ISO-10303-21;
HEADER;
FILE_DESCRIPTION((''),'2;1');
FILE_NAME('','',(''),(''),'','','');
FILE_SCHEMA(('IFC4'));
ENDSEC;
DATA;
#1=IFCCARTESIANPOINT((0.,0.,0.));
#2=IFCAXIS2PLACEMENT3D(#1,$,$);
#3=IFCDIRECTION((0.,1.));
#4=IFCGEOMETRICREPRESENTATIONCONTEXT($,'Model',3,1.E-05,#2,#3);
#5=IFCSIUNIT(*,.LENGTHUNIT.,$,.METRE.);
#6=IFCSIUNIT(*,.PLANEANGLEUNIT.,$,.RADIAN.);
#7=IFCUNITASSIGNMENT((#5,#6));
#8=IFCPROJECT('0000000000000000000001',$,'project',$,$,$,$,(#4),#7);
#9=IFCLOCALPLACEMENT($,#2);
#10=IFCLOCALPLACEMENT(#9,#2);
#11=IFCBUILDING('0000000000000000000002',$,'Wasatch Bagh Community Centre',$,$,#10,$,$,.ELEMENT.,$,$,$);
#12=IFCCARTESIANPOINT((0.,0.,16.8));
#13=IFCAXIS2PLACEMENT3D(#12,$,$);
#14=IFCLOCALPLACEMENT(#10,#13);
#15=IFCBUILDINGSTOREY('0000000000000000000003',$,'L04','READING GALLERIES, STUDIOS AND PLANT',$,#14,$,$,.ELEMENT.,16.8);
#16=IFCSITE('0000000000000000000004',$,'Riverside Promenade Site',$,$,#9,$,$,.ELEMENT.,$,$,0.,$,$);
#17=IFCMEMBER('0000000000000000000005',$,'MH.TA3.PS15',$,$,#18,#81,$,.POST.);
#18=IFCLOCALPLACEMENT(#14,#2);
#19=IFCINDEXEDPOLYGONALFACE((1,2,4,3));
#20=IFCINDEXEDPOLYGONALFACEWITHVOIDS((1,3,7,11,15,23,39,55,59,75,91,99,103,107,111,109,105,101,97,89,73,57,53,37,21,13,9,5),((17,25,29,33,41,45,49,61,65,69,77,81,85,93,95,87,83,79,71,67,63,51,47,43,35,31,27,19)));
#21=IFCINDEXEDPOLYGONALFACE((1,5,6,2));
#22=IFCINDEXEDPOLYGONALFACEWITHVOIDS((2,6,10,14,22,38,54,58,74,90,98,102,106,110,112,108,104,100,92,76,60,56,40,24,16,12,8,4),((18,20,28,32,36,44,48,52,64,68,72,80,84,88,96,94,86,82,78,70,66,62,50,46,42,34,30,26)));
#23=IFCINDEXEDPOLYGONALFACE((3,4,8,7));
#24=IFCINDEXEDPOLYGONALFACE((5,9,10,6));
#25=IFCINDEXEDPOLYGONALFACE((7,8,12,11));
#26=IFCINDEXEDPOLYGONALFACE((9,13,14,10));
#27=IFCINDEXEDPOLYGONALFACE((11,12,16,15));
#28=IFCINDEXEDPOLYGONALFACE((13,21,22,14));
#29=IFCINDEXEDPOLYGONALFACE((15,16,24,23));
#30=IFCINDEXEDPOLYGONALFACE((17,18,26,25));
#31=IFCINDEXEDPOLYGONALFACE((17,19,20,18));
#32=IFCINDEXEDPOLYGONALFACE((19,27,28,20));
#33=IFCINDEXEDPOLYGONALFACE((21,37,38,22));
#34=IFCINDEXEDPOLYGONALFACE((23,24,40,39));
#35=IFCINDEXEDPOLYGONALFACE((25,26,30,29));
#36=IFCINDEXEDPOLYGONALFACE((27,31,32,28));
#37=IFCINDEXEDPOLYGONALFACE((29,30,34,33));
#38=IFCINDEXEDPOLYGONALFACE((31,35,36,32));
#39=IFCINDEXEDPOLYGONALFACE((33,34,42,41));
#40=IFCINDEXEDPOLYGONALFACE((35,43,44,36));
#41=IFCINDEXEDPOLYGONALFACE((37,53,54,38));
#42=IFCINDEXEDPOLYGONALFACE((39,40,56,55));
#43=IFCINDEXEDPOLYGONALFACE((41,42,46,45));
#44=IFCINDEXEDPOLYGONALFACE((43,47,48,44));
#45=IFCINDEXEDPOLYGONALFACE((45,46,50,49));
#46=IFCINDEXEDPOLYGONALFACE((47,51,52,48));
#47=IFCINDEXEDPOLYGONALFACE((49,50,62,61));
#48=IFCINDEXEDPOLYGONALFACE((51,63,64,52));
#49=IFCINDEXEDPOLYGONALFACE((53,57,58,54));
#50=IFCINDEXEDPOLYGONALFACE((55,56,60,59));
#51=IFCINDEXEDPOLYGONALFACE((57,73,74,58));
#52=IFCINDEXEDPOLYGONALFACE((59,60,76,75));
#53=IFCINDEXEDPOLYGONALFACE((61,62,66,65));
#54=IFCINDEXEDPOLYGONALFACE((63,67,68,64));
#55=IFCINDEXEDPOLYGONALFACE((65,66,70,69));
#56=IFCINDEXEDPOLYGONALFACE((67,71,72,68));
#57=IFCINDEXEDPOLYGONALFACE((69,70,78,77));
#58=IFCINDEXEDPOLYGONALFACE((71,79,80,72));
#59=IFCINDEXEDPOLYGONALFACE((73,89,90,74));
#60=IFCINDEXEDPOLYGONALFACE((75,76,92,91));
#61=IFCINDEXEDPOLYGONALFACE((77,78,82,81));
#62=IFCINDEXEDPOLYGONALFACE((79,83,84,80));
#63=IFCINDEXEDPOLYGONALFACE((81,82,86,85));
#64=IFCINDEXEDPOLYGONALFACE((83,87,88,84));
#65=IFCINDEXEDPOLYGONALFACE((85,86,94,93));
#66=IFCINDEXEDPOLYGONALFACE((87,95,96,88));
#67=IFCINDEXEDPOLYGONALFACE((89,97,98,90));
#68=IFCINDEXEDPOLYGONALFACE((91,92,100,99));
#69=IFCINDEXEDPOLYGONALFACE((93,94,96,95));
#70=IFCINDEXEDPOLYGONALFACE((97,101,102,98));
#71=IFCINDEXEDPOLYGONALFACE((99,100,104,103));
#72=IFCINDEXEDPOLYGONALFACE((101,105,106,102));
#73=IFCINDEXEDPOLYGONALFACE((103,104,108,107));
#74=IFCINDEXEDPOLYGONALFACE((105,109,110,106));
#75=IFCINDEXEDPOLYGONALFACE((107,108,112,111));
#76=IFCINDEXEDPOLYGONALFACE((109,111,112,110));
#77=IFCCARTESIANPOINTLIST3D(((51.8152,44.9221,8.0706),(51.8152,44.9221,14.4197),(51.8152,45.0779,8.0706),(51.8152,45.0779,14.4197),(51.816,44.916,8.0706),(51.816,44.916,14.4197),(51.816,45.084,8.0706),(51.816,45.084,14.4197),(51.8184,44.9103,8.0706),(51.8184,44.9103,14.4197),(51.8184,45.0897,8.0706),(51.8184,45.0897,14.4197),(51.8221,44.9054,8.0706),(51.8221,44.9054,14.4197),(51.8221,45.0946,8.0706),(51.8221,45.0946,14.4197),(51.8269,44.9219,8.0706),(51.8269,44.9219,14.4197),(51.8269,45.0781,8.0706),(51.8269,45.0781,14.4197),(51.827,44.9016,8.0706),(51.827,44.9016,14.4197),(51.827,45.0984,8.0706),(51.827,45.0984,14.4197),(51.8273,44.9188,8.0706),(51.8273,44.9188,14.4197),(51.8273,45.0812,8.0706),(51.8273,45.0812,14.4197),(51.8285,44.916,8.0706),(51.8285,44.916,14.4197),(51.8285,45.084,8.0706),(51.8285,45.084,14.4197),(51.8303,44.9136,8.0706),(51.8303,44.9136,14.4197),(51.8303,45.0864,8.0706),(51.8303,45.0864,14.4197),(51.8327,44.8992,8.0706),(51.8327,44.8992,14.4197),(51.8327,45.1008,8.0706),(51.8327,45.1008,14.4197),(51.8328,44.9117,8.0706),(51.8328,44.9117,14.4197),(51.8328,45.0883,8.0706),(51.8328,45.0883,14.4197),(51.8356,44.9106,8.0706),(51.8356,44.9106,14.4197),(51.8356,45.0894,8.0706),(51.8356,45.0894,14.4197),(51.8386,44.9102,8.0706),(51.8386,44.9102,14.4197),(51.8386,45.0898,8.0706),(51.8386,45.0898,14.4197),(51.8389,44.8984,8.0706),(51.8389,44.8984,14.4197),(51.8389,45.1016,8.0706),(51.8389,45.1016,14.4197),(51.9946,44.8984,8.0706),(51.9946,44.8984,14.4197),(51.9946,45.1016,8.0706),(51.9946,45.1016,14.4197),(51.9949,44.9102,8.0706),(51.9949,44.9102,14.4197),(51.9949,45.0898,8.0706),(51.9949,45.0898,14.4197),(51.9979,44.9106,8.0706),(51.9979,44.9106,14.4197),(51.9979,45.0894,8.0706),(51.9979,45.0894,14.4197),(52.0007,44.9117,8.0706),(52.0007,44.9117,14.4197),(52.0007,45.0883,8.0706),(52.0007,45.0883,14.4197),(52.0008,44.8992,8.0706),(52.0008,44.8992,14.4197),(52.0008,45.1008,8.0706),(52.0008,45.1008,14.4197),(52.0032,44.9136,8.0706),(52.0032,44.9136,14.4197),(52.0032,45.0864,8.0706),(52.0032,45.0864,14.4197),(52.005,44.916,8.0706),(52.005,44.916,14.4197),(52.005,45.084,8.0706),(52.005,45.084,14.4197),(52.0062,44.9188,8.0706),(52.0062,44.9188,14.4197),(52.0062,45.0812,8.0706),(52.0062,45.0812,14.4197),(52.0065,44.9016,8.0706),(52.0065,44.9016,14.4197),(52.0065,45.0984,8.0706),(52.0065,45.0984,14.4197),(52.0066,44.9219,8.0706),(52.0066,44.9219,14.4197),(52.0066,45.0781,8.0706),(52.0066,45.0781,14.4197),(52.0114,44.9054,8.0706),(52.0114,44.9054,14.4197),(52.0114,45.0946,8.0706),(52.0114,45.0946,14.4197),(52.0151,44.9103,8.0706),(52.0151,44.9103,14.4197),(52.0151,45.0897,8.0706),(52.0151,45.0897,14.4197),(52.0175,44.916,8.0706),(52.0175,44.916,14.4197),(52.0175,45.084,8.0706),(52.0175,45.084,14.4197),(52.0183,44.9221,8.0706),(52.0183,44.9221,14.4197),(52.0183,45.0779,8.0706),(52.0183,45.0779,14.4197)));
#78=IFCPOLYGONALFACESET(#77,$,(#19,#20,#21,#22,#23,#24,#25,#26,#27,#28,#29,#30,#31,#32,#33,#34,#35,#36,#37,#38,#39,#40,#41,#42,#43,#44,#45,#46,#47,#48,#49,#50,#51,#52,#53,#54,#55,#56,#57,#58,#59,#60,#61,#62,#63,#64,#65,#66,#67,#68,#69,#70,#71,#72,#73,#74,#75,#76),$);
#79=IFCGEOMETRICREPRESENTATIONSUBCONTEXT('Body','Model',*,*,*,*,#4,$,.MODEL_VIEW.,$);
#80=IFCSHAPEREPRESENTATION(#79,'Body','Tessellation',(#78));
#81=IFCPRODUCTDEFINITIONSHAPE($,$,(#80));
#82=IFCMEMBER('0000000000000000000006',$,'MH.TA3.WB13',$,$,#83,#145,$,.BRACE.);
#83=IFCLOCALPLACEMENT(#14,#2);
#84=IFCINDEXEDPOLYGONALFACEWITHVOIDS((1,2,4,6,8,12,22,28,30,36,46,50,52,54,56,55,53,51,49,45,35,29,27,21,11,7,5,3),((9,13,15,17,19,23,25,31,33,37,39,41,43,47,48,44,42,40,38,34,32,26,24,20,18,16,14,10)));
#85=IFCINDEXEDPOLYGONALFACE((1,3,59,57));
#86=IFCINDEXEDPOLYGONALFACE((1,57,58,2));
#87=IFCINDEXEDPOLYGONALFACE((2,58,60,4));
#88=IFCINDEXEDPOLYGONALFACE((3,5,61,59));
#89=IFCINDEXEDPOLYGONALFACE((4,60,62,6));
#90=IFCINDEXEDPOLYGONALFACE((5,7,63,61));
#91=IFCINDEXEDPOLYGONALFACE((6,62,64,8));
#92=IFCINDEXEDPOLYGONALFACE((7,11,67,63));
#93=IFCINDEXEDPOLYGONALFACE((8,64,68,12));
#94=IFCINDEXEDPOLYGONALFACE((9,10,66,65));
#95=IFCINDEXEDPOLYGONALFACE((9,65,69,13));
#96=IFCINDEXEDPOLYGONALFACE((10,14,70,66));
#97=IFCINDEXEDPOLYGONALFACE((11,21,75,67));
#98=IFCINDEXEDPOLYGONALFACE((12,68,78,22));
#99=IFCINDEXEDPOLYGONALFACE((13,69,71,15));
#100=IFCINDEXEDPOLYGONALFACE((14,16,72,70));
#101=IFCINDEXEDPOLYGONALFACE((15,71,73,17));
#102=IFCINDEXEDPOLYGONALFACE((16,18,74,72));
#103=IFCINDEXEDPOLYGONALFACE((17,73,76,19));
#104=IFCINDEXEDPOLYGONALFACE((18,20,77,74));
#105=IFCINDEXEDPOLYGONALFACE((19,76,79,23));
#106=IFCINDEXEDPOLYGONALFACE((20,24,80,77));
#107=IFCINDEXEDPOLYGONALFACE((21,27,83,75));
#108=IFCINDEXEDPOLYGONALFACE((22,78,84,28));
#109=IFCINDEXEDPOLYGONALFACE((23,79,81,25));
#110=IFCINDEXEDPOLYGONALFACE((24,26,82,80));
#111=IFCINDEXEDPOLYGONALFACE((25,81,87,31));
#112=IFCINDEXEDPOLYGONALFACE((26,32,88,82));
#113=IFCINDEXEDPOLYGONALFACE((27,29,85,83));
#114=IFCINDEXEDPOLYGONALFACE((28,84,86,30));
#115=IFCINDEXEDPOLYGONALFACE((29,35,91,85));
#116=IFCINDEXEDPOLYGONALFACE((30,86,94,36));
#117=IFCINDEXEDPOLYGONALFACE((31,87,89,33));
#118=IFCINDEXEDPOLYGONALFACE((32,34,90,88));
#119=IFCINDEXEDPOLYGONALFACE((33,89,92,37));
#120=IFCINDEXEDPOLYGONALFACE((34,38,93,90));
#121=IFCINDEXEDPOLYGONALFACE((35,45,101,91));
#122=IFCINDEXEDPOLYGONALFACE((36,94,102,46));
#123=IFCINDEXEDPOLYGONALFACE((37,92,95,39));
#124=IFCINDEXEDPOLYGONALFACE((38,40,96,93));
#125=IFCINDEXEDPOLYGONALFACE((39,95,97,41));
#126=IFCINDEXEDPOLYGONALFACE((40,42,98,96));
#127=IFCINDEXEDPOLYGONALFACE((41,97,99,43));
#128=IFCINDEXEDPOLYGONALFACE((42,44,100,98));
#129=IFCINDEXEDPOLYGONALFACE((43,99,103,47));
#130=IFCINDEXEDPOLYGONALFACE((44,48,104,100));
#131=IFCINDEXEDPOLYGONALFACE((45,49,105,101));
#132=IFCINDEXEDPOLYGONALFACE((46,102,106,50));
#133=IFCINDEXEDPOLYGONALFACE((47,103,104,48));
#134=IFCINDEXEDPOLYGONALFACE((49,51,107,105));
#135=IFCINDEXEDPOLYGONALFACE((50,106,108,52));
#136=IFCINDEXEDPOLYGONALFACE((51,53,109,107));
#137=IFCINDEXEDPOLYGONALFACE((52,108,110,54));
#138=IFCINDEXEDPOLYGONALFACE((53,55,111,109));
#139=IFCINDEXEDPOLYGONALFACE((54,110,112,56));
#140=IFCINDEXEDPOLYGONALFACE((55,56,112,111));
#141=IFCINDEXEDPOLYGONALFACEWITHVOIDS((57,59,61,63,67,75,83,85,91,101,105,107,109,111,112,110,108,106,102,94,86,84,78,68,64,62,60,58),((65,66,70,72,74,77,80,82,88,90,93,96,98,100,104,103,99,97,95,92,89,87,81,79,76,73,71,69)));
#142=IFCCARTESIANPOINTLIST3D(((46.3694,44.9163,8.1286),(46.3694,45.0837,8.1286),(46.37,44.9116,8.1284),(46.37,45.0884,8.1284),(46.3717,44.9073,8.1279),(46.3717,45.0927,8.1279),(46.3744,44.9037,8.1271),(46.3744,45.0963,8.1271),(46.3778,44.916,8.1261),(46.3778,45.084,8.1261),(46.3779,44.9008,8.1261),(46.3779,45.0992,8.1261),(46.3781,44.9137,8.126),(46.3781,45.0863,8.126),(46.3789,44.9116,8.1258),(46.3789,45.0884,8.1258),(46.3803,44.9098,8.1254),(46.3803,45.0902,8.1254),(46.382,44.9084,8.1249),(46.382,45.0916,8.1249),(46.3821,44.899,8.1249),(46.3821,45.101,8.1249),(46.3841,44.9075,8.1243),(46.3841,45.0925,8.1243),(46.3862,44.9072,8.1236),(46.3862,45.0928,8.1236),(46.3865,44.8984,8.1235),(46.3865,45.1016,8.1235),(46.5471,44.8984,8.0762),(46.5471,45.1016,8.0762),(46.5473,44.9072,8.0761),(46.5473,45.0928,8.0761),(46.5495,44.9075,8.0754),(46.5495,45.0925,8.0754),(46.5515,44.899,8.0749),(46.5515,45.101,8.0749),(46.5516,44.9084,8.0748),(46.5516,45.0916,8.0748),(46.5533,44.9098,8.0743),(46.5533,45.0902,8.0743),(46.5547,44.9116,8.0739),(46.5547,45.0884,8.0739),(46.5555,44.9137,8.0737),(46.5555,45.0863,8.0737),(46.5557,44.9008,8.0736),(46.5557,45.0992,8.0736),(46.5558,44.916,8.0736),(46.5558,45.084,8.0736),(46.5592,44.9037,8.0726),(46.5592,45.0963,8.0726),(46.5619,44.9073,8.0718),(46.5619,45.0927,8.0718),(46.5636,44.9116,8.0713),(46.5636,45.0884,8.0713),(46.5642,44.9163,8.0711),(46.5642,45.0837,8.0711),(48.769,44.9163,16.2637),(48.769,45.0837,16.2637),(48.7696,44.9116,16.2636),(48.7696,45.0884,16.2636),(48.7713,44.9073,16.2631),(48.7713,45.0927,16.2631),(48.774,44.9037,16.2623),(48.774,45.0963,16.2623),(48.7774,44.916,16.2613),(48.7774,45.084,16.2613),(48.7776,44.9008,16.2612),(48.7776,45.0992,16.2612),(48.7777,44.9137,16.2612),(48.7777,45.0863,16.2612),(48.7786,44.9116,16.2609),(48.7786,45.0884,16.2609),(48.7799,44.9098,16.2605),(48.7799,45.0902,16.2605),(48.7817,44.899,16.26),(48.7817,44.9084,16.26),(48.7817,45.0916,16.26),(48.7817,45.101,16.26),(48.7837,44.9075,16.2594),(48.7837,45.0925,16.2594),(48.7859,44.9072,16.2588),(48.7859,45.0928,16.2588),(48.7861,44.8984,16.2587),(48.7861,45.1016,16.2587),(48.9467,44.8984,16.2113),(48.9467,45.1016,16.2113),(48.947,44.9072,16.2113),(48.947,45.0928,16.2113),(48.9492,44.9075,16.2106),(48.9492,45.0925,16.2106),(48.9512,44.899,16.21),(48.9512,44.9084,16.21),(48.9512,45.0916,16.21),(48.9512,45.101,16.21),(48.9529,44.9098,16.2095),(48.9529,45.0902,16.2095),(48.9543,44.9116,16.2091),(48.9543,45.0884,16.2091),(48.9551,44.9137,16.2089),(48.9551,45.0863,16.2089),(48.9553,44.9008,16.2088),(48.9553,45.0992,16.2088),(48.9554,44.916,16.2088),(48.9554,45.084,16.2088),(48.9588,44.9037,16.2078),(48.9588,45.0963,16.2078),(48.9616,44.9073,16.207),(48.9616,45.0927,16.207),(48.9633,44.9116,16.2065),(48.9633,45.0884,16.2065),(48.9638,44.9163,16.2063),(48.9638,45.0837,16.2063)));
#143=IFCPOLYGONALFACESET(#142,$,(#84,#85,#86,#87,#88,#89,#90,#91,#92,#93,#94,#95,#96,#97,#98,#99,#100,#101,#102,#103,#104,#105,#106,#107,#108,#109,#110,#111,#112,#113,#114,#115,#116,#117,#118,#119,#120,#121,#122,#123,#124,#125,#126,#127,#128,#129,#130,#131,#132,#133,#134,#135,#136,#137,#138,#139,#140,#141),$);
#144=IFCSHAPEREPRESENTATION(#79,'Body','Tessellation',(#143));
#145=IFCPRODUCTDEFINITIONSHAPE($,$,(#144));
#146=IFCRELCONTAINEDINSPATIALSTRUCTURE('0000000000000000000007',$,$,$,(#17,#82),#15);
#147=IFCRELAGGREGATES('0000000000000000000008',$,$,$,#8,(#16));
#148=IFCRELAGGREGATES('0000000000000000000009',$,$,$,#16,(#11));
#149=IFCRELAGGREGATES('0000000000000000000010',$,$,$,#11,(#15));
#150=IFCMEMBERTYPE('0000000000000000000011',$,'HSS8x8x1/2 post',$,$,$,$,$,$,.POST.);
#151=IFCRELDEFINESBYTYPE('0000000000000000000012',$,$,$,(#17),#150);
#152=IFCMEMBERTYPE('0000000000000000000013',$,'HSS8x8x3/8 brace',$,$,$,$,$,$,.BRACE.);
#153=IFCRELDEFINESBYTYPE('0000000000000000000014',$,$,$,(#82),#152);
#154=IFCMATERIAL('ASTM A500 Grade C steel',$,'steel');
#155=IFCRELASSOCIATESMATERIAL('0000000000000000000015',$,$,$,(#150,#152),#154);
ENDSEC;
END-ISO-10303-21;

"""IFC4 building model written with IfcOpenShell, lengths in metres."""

from ifc_helpers import new_model, si_unit, direction, frame, origin, origin_2d, place, context, subcontext, project, spatial, hollow_rectangle, extrude, material, material_profile, profile_set, type_object, element, save


model = new_model("IFC4")

# Units and contexts
model_context = context("Model", 3, precision=1e-05, world=origin(), true_north=direction((0.0, 1.0)))
body_context = subcontext(model_context, "Body", "Model", "MODEL_VIEW")
ifc_project = project(units=[si_unit("LENGTHUNIT", "METRE"), si_unit("PLANEANGLEUNIT", "RADIAN")], contexts=[model_context])

# Site, building, storey
site_placement = place(None, origin())
site = spatial("IfcSite", under=ifc_project, at=site_placement, Name="Riverside Promenade Site", CompositionType="ELEMENT", RefElevation=0.0)
building_placement = place(site_placement, origin())
building = spatial("IfcBuilding", under=site, at=building_placement, Name="Wasatch Bagh Community Centre", CompositionType="ELEMENT")
storey_placement = place(building_placement, frame((0.0, 0.0, 16.8)))
storey = spatial("IfcBuildingStorey", under=building, at=storey_placement, Name="L04", Description="READING GALLERIES, STUDIOS AND PLANT", CompositionType="ELEMENT", Elevation=16.8)

# Members
ifc_material_1 = material(Name="ASTM A500 Grade C steel", Category="steel")
ifc_material_profile_1 = material_profile(ifc_material_1, hollow_rectangle(XDim=0.2031, YDim=0.2031, WallThickness=0.0117, InnerFilletRadius=0.0117, OuterFilletRadius=0.0237, at=origin_2d()), Name="HSS8x8x1/2")
ifc_profile_set_1 = profile_set([ifc_material_profile_1], Name="ASTM A500 Grade C steel")
member_type_1 = type_object("IfcMemberType", Name="HSS8x8x1/2 post", PredefinedType="POST", material=ifc_profile_set_1)
member_1_placement = place(storey_placement, frame((51.9167, 45.0, 8.0706), z_axis=(0.0, 0.0, 1.0), x_axis=(1.0, 0.0, 0.0)))
element("IfcMember", 1, at=member_1_placement, inside=storey, type_object=member_type_1, Name="MH.TA3.PS15", PredefinedType="POST", context=body_context, shape_type="SweptSolid", body=[
    extrude(hollow_rectangle(XDim=0.2031, YDim=0.2031, WallThickness=0.0117, InnerFilletRadius=0.0117, OuterFilletRadius=0.0237, at=origin_2d()), origin(), (0.0, 0.0, 1.0), 6.3491),
])
ifc_material_profile_2 = material_profile(ifc_material_1, hollow_rectangle(XDim=0.2031, YDim=0.2031, WallThickness=0.0088, InnerFilletRadius=0.0088, OuterFilletRadius=0.0178, at=origin_2d()), Name="HSS8x8x3/8")
ifc_profile_set_2 = profile_set([ifc_material_profile_2], Name="ASTM A500 Grade C steel")
member_type_2 = type_object("IfcMemberType", Name="HSS8x8x3/8 brace", PredefinedType="BRACE", material=ifc_profile_set_2)
member_2_placement = place(storey_placement, frame((46.4668, 45.0, 8.0999), z_axis=(0.282919, 0.0, 0.959144), x_axis=(0.0, 1.0, 0.0)))
element("IfcMember", 2, at=member_2_placement, inside=storey, type_object=member_type_2, Name="MH.TA3.WB13", PredefinedType="BRACE", context=body_context, shape_type="SweptSolid", body=[
    extrude(hollow_rectangle(XDim=0.2031, YDim=0.2031, WallThickness=0.0088, InnerFilletRadius=0.0088, OuterFilletRadius=0.0178, at=origin_2d()), origin(), (0.0, 0.0, 1.0), 8.4817),
])

save(model, "model.ifc")
